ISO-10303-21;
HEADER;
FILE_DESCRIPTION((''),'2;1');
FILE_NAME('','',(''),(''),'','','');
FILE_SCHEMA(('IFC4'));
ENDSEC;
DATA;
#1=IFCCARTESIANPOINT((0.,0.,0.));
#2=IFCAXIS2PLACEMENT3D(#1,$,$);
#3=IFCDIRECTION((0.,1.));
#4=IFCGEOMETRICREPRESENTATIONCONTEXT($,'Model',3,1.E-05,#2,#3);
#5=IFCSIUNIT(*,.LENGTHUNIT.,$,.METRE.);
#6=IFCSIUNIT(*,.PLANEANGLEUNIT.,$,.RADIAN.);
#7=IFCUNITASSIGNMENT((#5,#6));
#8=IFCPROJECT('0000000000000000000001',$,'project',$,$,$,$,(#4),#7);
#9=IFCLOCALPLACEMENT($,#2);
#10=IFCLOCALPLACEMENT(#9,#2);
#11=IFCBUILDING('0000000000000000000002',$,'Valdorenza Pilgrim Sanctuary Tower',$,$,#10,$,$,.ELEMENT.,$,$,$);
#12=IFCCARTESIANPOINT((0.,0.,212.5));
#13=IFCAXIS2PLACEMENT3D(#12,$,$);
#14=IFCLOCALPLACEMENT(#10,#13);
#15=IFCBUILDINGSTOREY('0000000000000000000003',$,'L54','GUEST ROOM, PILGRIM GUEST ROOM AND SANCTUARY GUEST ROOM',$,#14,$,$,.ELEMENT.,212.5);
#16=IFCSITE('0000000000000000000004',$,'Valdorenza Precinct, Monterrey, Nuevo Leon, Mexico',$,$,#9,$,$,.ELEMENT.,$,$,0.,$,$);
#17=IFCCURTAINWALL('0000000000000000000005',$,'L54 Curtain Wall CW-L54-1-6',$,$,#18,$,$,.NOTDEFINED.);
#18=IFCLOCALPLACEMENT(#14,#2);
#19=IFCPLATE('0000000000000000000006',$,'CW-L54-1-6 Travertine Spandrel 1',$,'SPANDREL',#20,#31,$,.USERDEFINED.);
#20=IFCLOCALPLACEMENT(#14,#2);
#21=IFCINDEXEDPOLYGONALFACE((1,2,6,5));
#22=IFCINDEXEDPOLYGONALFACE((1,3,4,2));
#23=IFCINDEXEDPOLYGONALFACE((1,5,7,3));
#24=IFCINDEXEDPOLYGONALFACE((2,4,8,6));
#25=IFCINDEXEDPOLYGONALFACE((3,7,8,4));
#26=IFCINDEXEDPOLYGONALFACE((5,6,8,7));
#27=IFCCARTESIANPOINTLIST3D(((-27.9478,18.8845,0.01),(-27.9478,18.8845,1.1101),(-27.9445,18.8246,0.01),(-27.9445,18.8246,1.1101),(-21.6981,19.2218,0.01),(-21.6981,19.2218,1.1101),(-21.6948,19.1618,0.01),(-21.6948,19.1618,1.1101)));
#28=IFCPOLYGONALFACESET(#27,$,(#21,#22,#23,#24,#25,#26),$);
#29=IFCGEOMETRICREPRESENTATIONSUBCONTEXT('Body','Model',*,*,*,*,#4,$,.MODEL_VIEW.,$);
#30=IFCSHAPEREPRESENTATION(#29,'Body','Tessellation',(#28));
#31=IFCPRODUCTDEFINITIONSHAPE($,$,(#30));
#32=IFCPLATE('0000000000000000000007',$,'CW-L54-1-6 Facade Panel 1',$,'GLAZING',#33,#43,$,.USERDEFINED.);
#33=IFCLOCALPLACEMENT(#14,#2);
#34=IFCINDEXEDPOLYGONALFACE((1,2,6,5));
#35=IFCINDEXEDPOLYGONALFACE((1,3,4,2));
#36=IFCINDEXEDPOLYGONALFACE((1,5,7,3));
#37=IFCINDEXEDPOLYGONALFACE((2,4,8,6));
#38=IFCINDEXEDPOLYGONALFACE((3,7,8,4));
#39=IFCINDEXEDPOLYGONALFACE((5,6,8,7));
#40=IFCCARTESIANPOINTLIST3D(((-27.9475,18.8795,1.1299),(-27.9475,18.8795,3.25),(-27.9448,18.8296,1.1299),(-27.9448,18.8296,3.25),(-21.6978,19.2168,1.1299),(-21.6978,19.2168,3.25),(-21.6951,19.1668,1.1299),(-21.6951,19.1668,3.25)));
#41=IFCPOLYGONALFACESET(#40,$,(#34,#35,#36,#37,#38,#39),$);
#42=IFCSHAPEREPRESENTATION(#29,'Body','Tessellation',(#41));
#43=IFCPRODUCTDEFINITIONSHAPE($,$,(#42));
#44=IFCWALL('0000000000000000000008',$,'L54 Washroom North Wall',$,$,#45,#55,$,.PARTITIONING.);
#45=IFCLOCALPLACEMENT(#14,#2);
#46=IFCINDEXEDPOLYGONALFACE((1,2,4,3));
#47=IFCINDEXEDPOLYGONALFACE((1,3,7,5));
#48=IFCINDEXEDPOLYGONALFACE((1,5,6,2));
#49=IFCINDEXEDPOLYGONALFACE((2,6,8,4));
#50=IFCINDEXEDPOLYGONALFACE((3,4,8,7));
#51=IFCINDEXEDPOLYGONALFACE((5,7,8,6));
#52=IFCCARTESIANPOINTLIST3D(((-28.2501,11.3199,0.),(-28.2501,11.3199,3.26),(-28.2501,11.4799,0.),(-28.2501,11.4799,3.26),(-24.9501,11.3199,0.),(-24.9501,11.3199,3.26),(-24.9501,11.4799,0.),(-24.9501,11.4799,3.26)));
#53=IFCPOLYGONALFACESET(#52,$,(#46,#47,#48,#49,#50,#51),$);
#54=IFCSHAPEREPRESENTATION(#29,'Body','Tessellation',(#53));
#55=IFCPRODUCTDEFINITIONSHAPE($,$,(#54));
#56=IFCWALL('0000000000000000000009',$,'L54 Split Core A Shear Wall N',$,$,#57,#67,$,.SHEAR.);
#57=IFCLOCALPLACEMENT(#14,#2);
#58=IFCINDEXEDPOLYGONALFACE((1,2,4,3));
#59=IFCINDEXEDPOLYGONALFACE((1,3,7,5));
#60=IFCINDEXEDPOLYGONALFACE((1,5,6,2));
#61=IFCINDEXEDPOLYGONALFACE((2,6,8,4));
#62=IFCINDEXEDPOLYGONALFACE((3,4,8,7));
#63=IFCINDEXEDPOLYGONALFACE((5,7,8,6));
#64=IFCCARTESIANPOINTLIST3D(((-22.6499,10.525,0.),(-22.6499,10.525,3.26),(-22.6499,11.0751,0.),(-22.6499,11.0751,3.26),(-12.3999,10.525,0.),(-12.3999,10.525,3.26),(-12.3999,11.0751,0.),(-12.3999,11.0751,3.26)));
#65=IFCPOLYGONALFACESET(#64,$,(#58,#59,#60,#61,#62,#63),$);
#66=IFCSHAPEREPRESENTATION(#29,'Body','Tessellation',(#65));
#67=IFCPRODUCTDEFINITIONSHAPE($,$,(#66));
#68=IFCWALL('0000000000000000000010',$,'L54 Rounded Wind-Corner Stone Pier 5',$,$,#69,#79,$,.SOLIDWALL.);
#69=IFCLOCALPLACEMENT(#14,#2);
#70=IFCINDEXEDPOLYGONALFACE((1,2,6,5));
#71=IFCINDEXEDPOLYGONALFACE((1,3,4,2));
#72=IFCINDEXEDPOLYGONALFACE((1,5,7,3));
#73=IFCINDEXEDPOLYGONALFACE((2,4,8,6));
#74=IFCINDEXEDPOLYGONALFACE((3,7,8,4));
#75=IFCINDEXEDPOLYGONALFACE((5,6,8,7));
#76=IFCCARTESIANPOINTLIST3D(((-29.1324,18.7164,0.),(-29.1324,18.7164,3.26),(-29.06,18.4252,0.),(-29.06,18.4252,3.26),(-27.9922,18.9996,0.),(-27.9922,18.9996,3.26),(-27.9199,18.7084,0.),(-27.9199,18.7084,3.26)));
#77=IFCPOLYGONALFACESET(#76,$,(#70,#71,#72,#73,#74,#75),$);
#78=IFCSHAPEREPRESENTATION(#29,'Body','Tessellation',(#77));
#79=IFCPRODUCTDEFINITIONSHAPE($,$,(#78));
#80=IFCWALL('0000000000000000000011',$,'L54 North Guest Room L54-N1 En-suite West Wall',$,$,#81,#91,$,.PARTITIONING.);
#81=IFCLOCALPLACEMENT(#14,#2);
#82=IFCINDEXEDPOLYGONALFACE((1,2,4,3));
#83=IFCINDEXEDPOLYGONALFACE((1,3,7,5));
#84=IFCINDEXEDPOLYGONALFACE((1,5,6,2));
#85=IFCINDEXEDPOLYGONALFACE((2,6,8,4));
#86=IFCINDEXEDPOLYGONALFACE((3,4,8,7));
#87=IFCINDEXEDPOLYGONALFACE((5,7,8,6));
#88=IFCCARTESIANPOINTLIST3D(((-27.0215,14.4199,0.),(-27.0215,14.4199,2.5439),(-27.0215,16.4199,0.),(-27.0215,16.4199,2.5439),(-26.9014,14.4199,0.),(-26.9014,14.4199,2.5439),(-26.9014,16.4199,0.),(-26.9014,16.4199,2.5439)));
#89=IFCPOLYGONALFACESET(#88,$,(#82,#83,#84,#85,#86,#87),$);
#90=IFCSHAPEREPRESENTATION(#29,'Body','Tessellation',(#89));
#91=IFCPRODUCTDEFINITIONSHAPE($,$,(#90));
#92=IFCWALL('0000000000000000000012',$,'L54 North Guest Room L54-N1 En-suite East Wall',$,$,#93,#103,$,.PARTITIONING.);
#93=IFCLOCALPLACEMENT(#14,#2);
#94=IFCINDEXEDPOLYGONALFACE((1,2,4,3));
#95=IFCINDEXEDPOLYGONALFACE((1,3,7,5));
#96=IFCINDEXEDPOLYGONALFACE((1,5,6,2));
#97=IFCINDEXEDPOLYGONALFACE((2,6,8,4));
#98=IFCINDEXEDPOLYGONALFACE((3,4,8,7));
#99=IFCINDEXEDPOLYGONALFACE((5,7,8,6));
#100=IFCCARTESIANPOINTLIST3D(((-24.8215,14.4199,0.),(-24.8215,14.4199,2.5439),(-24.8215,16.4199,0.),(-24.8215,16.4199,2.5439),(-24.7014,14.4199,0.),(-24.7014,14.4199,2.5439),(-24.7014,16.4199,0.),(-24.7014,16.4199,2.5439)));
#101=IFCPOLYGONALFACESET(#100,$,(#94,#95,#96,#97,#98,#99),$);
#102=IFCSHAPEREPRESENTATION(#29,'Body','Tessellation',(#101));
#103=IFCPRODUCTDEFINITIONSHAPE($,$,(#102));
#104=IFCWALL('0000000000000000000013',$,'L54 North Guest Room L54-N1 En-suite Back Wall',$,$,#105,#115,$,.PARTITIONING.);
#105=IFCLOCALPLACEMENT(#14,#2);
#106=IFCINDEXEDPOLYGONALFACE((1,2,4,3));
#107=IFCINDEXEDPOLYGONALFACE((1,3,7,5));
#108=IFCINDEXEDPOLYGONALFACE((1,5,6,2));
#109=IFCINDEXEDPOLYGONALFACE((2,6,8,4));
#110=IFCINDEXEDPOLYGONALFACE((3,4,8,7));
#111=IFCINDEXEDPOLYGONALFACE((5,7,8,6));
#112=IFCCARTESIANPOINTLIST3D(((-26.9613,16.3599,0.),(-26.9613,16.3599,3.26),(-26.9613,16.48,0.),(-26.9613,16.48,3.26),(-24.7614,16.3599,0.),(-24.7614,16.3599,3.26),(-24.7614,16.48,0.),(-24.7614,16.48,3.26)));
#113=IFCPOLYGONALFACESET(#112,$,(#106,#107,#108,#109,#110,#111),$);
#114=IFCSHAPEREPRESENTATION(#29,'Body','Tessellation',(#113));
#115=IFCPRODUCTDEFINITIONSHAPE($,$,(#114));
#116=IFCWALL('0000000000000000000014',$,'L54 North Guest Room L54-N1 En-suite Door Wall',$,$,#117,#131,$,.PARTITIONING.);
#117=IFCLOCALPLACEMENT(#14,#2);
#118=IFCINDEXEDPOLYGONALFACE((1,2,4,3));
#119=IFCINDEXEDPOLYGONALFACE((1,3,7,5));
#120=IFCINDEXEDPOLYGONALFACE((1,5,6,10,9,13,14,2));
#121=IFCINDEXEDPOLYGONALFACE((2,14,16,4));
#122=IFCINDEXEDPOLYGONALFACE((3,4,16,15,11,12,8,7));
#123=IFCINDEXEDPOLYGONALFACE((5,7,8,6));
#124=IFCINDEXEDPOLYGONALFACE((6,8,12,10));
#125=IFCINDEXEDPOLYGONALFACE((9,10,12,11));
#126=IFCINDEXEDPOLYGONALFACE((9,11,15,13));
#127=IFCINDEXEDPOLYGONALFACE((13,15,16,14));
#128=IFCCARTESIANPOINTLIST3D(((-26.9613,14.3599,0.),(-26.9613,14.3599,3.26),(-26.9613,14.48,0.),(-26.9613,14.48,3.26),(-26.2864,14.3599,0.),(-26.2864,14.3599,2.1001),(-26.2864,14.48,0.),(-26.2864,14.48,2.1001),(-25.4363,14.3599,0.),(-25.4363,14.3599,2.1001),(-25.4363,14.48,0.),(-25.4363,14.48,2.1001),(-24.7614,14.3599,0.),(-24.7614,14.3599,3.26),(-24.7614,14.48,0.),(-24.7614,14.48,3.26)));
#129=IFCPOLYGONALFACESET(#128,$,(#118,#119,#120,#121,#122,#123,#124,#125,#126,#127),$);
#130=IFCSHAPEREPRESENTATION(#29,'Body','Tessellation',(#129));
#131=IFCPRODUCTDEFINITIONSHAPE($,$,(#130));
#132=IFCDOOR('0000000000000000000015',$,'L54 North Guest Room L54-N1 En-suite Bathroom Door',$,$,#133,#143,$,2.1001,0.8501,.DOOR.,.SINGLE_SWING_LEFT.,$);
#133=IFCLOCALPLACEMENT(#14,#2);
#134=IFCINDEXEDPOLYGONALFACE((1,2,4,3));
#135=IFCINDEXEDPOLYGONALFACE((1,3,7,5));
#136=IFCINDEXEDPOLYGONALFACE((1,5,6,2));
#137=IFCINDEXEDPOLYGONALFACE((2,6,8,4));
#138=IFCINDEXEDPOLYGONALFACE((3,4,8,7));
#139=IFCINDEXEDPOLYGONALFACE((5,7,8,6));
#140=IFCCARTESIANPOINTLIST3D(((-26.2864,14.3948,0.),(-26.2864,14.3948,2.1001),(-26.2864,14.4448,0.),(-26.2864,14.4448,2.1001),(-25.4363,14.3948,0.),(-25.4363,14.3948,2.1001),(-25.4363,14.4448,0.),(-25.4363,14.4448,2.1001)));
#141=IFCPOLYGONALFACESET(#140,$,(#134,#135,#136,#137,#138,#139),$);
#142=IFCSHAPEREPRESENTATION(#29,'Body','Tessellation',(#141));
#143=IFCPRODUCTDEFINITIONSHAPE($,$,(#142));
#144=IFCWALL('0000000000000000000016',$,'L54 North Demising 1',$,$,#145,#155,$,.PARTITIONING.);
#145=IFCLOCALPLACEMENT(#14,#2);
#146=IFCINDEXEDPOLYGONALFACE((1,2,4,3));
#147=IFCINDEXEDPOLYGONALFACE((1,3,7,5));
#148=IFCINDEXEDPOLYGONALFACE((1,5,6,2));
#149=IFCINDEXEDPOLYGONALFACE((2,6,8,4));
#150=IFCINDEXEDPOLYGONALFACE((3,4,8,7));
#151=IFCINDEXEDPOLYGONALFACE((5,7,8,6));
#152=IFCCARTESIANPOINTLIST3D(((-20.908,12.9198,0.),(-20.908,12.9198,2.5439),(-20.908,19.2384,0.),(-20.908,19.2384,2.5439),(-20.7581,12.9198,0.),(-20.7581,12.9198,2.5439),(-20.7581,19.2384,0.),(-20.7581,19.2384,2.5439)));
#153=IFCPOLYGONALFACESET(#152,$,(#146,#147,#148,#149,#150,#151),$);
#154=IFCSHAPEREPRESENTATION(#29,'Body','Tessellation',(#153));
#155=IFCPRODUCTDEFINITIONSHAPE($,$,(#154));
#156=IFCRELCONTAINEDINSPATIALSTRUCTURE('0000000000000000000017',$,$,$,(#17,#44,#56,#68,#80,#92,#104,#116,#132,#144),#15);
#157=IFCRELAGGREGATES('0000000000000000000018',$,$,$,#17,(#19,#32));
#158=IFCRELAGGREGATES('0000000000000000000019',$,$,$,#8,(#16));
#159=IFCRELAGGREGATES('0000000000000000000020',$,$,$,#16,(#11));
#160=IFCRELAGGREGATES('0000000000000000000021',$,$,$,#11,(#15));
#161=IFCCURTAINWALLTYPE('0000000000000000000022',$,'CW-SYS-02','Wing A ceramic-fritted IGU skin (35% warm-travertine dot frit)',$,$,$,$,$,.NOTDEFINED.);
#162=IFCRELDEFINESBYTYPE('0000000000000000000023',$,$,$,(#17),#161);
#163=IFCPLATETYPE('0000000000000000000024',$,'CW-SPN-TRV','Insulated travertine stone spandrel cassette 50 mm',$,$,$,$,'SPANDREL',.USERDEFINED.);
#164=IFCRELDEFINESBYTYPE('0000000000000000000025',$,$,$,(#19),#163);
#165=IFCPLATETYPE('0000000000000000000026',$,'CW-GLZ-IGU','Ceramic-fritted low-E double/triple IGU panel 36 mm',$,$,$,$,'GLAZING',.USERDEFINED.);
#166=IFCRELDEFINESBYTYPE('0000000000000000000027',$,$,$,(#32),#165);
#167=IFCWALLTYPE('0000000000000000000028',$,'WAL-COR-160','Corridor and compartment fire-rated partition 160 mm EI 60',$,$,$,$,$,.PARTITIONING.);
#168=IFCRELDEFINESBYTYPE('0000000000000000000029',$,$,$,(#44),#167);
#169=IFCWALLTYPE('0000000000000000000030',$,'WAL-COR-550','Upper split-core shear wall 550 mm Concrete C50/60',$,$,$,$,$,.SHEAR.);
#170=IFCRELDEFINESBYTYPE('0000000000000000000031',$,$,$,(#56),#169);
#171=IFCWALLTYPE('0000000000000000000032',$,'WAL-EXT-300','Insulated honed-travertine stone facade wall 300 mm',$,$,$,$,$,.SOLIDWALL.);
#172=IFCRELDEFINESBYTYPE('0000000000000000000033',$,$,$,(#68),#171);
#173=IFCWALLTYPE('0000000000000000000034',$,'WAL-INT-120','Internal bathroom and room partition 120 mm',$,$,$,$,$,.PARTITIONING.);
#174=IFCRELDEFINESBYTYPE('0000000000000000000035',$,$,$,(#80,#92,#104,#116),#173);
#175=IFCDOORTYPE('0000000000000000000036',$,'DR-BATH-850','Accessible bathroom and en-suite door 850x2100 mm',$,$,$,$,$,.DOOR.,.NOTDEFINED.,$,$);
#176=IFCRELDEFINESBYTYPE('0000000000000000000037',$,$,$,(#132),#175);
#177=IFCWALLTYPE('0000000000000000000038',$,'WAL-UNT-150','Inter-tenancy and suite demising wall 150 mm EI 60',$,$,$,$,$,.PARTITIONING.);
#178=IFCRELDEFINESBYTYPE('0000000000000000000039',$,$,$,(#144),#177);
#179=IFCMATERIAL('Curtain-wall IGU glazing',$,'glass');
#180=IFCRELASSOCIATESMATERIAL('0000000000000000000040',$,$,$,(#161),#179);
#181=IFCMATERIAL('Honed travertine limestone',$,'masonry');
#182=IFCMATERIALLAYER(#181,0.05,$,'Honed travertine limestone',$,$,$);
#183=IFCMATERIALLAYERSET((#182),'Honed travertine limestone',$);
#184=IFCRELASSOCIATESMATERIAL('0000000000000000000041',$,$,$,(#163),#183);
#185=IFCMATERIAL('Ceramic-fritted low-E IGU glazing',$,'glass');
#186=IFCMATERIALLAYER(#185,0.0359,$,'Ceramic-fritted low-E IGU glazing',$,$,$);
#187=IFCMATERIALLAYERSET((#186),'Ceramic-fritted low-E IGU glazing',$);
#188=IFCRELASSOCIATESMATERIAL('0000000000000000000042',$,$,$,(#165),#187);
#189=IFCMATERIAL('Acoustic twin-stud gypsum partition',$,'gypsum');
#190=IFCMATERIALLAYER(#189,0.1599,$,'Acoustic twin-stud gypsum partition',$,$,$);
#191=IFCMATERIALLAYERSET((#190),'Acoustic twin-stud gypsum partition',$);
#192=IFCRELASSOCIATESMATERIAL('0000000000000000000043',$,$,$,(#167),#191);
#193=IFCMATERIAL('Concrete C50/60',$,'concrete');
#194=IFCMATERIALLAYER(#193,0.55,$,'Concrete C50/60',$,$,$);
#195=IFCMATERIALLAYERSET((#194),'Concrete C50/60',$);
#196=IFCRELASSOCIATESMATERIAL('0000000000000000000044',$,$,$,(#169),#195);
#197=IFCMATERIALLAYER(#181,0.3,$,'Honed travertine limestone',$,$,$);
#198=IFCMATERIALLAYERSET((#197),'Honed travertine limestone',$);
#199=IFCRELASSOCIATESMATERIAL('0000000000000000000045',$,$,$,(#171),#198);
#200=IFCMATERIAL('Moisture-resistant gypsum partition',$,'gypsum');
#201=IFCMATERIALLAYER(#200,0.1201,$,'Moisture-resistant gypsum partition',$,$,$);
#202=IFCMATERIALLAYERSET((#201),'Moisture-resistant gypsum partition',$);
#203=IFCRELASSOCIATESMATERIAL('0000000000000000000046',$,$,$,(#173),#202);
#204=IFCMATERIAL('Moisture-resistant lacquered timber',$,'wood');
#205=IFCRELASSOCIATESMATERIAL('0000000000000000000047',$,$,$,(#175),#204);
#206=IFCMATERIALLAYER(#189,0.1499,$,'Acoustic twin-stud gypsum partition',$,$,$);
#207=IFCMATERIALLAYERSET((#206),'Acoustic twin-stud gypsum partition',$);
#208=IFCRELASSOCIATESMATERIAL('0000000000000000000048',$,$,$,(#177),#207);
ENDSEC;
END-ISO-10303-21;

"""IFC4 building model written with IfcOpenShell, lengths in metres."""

from ifc_helpers import new_model, si_unit, direction, frame, frame_2d, origin, origin_2d, place, context, subcontext, project, spatial, rectangle, extrude, source, transform, mapped, material, layer, layer_set, type_object, element, fill, aggregate, save


model = new_model("IFC4")

# Units and contexts
model_context = context("Model", 3, precision=1e-05, world=origin(), true_north=direction((0.0, 1.0)))
body_context = subcontext(model_context, "Body", "Model", "MODEL_VIEW")
ifc_project = project(units=[si_unit("LENGTHUNIT", "METRE"), si_unit("PLANEANGLEUNIT", "RADIAN")], contexts=[model_context])

# Site, building, storey
site_placement = place(None, origin())
site = spatial("IfcSite", under=ifc_project, at=site_placement, Name="Valdorenza Precinct, Monterrey, Nuevo Leon, Mexico", CompositionType="ELEMENT", RefElevation=0.0)
building_placement = place(site_placement, origin())
building = spatial("IfcBuilding", under=site, at=building_placement, Name="Valdorenza Pilgrim Sanctuary Tower", CompositionType="ELEMENT")
storey_placement = place(building_placement, frame((0.0, 0.0, 212.5)))
storey = spatial("IfcBuildingStorey", under=building, at=storey_placement, Name="L54", Description="GUEST ROOM, PILGRIM GUEST ROOM AND SANCTUARY GUEST ROOM", CompositionType="ELEMENT", Elevation=212.5)

# Shared definitions
ifc_material_1 = material(Name="Concrete C50/60", Category="concrete")

# Curtain wall, plates
ifc_material_2 = material(Name="Curtain-wall IGU glazing", Category="glass")
curtain_wall_type = type_object("IfcCurtainWallType", Name="CW-SYS-02", Description="Wing A ceramic-fritted IGU skin (35% warm-travertine dot frit)", PredefinedType="NOTDEFINED", material=ifc_material_2)
curtain_wall_placement = place(storey_placement, origin())
curtain_wall = element("IfcCurtainWall", 1, at=curtain_wall_placement, inside=storey, type_object=curtain_wall_type, Name="L54 Curtain Wall CW-L54-1-6", PredefinedType="NOTDEFINED")
ifc_material_3 = material(Name="Honed travertine limestone", Category="masonry")
ifc_layer_1 = layer(ifc_material_3, 0.05, Name="Honed travertine limestone")
ifc_layer_set_1 = layer_set([ifc_layer_1], Name="Honed travertine limestone")
plate_type_1 = type_object("IfcPlateType", Name="CW-SPN-TRV", Description="Insulated travertine stone spandrel cassette 50 mm", ElementType="SPANDREL", PredefinedType="USERDEFINED", material=ifc_layer_set_1)
shared_shape_1 = source(origin(), body_context, "Body", "SweptSolid", [
    extrude(rectangle(XDim=6.2588, YDim=0.0601, at=origin_2d()), origin(), (0.0, 0.0, 1.0), 1.1001),
])
plate_1_placement = place(storey_placement, frame((-24.8213, 19.0232, 0.01), z_axis=(0.0, 0.0, 1.0), x_axis=(0.998547, 0.053887, 0.0)))
plate_1 = element("IfcPlate", 2, at=plate_1_placement, type_object=plate_type_1, Name="CW-L54-1-6 Travertine Spandrel 1", ObjectType="SPANDREL", PredefinedType="USERDEFINED", context=body_context, shape_type="MappedRepresentation", body=[
    mapped(shared_shape_1, transform((0.0, 0.0, 0.0), x_axis=(1.0, 0.0, 0.0), y_axis=(0.0, 1.0, 0.0), z_axis=(0.0, 0.0, 1.0), scale=1.0)),
])
ifc_material_4 = material(Name="Ceramic-fritted low-E IGU glazing", Category="glass")
ifc_layer_2 = layer(ifc_material_4, 0.0359, Name="Ceramic-fritted low-E IGU glazing")
ifc_layer_set_2 = layer_set([ifc_layer_2], Name="Ceramic-fritted low-E IGU glazing")
plate_type_2 = type_object("IfcPlateType", Name="CW-GLZ-IGU", Description="Ceramic-fritted low-E double/triple IGU panel 36 mm", ElementType="GLAZING", PredefinedType="USERDEFINED", material=ifc_layer_set_2)
shared_shape_2 = source(origin(), body_context, "Body", "SweptSolid", [
    extrude(rectangle(XDim=6.2588, YDim=0.05, at=origin_2d()), origin(), (0.0, 0.0, 1.0), 2.1201),
])
plate_2_placement = place(storey_placement, frame((-24.8213, 19.0232, 1.1299), z_axis=(0.0, 0.0, 1.0), x_axis=(0.998547, 0.053887, 0.0)))
plate_2 = element("IfcPlate", 3, at=plate_2_placement, type_object=plate_type_2, Name="CW-L54-1-6 Facade Panel 1", ObjectType="GLAZING", PredefinedType="USERDEFINED", context=body_context, shape_type="MappedRepresentation", body=[
    mapped(shared_shape_2, transform((0.0, 0.0, 0.0), x_axis=(1.0, 0.0, 0.0), y_axis=(0.0, 1.0, 0.0), z_axis=(0.0, 0.0, 1.0), scale=1.0)),
])
aggregate(curtain_wall, [plate_1, plate_2])

# Walls
ifc_material_5 = material(Name="Acoustic twin-stud gypsum partition", Category="gypsum")
ifc_layer_3 = layer(ifc_material_5, 0.1599, Name="Acoustic twin-stud gypsum partition")
ifc_layer_set_3 = layer_set([ifc_layer_3], Name="Acoustic twin-stud gypsum partition")
wall_type_1 = type_object("IfcWallType", Name="WAL-COR-160", Description="Corridor and compartment fire-rated partition 160 mm EI 60", PredefinedType="PARTITIONING", material=ifc_layer_set_3)
wall_1_placement = place(storey_placement, frame((-28.25, 11.3999, 0.0), z_axis=(0.0, 0.0, 1.0), x_axis=(1.0, 0.0, 0.0)))
element("IfcWall", 4, at=wall_1_placement, inside=storey, type_object=wall_type_1, Name="L54 Washroom North Wall", PredefinedType="PARTITIONING", context=body_context, shape_type="SweptSolid", body=[
    extrude(rectangle(XDim=3.3, YDim=0.1599, at=frame_2d((1.6499, 0.0))), origin(), (0.0, 0.0, 1.0), 3.26),
])
ifc_layer_4 = layer(ifc_material_1, 0.55, Name="Concrete C50/60")
ifc_layer_set_4 = layer_set([ifc_layer_4], Name="Concrete C50/60")
wall_type_2 = type_object("IfcWallType", Name="WAL-COR-550", Description="Upper split-core shear wall 550 mm Concrete C50/60", PredefinedType="SHEAR", material=ifc_layer_set_4)
wall_2_placement = place(storey_placement, frame((-22.6499, 10.8, 0.0), z_axis=(0.0, 0.0, 1.0), x_axis=(1.0, 0.0, 0.0)))
element("IfcWall", 5, at=wall_2_placement, inside=storey, type_object=wall_type_2, Name="L54 Split Core A Shear Wall N", PredefinedType="SHEAR", context=body_context, shape_type="SweptSolid", body=[
    extrude(rectangle(XDim=10.25, YDim=0.55, at=frame_2d((5.125, 0.0))), origin(), (0.0, 0.0, 1.0), 3.26),
])
ifc_layer_5 = layer(ifc_material_3, 0.3, Name="Honed travertine limestone")
ifc_layer_set_5 = layer_set([ifc_layer_5], Name="Honed travertine limestone")
wall_type_3 = type_object("IfcWallType", Name="WAL-EXT-300", Description="Insulated honed-travertine stone facade wall 300 mm", PredefinedType="SOLIDWALL", material=ifc_layer_set_5)
wall_3_placement = place(storey_placement, frame((-29.0962, 18.5708, 0.0), z_axis=(0.0, 0.0, 1.0), x_axis=(0.970508, 0.241068, 0.0)))
element("IfcWall", 6, at=wall_3_placement, inside=storey, type_object=wall_type_3, Name="L54 Rounded Wind-Corner Stone Pier 5", PredefinedType="SOLIDWALL", context=body_context, shape_type="SweptSolid", body=[
    extrude(rectangle(XDim=1.1748, YDim=0.3, at=frame_2d((0.5874, 0.0))), origin(), (0.0, 0.0, 1.0), 3.26),
])
ifc_material_6 = material(Name="Moisture-resistant gypsum partition", Category="gypsum")
ifc_layer_6 = layer(ifc_material_6, 0.1201, Name="Moisture-resistant gypsum partition")
ifc_layer_set_6 = layer_set([ifc_layer_6], Name="Moisture-resistant gypsum partition")
wall_type_4 = type_object("IfcWallType", Name="WAL-INT-120", Description="Internal bathroom and room partition 120 mm", PredefinedType="PARTITIONING", material=ifc_layer_set_6)
for number, where, z_axis, x_axis, name in (
    (7, (-26.9614, 14.4199, 0.0), (0.0, 0.0, 1.0), (0.0, 1.0, 0.0), "L54 North Guest Room L54-N1 En-suite West Wall"),
    (8, (-24.7615, 14.4199, 0.0), (0.0, 0.0, 1.0), (0.0, 1.0, 0.0), "L54 North Guest Room L54-N1 En-suite East Wall"),
):
    element("IfcWall", number, at=place(storey_placement, frame(where, z_axis=z_axis, x_axis=x_axis)), inside=storey, type_object=wall_type_4, Name=name, PredefinedType="PARTITIONING", context=body_context, shape_type="SweptSolid", body=[
        extrude(rectangle(XDim=2.0, YDim=0.1201, at=frame_2d((1.0, 0.0))), origin(), (0.0, 0.0, 1.0), 2.5439),
    ])
wall_4_placement = place(storey_placement, frame((-26.9614, 16.4199, 0.0), z_axis=(0.0, 0.0, 1.0), x_axis=(1.0, 0.0, 0.0)))
element("IfcWall", 9, at=wall_4_placement, inside=storey, type_object=wall_type_4, Name="L54 North Guest Room L54-N1 En-suite Back Wall", PredefinedType="PARTITIONING", context=body_context, shape_type="SweptSolid", body=[
    extrude(rectangle(XDim=2.2, YDim=0.1201, at=frame_2d((1.1001, 0.0))), origin(), (0.0, 0.0, 1.0), 3.26),
])

# Wall, opening, door
wall_5_placement = place(storey_placement, frame((-26.9614, 14.4199, 0.0), z_axis=(0.0, 0.0, 1.0), x_axis=(1.0, 0.0, 0.0)))
wall_5 = element("IfcWall", 10, at=wall_5_placement, inside=storey, type_object=wall_type_4, Name="L54 North Guest Room L54-N1 En-suite Door Wall", PredefinedType="PARTITIONING", context=body_context, shape_type="SweptSolid", body=[
    extrude(rectangle(XDim=2.2, YDim=0.1201, at=frame_2d((1.1001, 0.0))), origin(), (0.0, 0.0, 1.0), 3.26),
])
opening_placement = place(wall_5_placement, frame((0.675, 0.0, 0.0)))
opening = element("IfcOpeningElement", 11, at=opening_placement, cuts=wall_5, PredefinedType="OPENING", context=body_context, shape_type="SweptSolid", body=[
    extrude(rectangle(XDim=0.8501, YDim=2.1001, at=frame_2d((0.425, 1.05))), frame((0.0, 0.075, 0.0), z_axis=(0.0, -1.0, 0.0), x_axis=(1.0, 0.0, 0.0)), (0.0, 0.0, 1.0), 0.1499),
])
ifc_material_7 = material(Name="Moisture-resistant lacquered timber", Category="wood")
door_type = type_object("IfcDoorType", Name="DR-BATH-850", Description="Accessible bathroom and en-suite door 850x2100 mm", OperationType="NOTDEFINED", PredefinedType="DOOR", material=ifc_material_7)
door_placement = place(opening_placement, origin())
door = element("IfcDoor", 12, at=door_placement, inside=storey, type_object=door_type, Name="L54 North Guest Room L54-N1 En-suite Bathroom Door", OperationType="SINGLE_SWING_LEFT", OverallHeight=2.1001, OverallWidth=0.8501, PredefinedType="DOOR", context=body_context, shape_type="SweptSolid", body=[
    extrude(rectangle(XDim=0.8501, YDim=2.1001, at=frame_2d((0.425, 1.05))), frame((0.0, 0.0249, 0.0), z_axis=(0.0, -1.0, 0.0), x_axis=(1.0, 0.0, 0.0)), (0.0, 0.0, 1.0), 0.05),
])
fill(opening, door)

# Wall
ifc_layer_7 = layer(ifc_material_5, 0.1499, Name="Acoustic twin-stud gypsum partition")
ifc_layer_set_7 = layer_set([ifc_layer_7], Name="Acoustic twin-stud gypsum partition")
wall_type_5 = type_object("IfcWallType", Name="WAL-UNT-150", Description="Inter-tenancy and suite demising wall 150 mm EI 60", PredefinedType="PARTITIONING", material=ifc_layer_set_7)
wall_6_placement = place(storey_placement, frame((-20.833, 12.9199, 0.0), z_axis=(0.0, 0.0, 1.0), x_axis=(0.0, 1.0, 0.0)))
element("IfcWall", 13, at=wall_6_placement, inside=storey, type_object=wall_type_5, Name="L54 North Demising 1", PredefinedType="PARTITIONING", context=body_context, shape_type="SweptSolid", body=[
    extrude(rectangle(XDim=6.3186, YDim=0.1499, at=frame_2d((3.1592, 0.0))), origin(), (0.0, 0.0, 1.0), 2.5439),
])

save(model, "model.ifc")
